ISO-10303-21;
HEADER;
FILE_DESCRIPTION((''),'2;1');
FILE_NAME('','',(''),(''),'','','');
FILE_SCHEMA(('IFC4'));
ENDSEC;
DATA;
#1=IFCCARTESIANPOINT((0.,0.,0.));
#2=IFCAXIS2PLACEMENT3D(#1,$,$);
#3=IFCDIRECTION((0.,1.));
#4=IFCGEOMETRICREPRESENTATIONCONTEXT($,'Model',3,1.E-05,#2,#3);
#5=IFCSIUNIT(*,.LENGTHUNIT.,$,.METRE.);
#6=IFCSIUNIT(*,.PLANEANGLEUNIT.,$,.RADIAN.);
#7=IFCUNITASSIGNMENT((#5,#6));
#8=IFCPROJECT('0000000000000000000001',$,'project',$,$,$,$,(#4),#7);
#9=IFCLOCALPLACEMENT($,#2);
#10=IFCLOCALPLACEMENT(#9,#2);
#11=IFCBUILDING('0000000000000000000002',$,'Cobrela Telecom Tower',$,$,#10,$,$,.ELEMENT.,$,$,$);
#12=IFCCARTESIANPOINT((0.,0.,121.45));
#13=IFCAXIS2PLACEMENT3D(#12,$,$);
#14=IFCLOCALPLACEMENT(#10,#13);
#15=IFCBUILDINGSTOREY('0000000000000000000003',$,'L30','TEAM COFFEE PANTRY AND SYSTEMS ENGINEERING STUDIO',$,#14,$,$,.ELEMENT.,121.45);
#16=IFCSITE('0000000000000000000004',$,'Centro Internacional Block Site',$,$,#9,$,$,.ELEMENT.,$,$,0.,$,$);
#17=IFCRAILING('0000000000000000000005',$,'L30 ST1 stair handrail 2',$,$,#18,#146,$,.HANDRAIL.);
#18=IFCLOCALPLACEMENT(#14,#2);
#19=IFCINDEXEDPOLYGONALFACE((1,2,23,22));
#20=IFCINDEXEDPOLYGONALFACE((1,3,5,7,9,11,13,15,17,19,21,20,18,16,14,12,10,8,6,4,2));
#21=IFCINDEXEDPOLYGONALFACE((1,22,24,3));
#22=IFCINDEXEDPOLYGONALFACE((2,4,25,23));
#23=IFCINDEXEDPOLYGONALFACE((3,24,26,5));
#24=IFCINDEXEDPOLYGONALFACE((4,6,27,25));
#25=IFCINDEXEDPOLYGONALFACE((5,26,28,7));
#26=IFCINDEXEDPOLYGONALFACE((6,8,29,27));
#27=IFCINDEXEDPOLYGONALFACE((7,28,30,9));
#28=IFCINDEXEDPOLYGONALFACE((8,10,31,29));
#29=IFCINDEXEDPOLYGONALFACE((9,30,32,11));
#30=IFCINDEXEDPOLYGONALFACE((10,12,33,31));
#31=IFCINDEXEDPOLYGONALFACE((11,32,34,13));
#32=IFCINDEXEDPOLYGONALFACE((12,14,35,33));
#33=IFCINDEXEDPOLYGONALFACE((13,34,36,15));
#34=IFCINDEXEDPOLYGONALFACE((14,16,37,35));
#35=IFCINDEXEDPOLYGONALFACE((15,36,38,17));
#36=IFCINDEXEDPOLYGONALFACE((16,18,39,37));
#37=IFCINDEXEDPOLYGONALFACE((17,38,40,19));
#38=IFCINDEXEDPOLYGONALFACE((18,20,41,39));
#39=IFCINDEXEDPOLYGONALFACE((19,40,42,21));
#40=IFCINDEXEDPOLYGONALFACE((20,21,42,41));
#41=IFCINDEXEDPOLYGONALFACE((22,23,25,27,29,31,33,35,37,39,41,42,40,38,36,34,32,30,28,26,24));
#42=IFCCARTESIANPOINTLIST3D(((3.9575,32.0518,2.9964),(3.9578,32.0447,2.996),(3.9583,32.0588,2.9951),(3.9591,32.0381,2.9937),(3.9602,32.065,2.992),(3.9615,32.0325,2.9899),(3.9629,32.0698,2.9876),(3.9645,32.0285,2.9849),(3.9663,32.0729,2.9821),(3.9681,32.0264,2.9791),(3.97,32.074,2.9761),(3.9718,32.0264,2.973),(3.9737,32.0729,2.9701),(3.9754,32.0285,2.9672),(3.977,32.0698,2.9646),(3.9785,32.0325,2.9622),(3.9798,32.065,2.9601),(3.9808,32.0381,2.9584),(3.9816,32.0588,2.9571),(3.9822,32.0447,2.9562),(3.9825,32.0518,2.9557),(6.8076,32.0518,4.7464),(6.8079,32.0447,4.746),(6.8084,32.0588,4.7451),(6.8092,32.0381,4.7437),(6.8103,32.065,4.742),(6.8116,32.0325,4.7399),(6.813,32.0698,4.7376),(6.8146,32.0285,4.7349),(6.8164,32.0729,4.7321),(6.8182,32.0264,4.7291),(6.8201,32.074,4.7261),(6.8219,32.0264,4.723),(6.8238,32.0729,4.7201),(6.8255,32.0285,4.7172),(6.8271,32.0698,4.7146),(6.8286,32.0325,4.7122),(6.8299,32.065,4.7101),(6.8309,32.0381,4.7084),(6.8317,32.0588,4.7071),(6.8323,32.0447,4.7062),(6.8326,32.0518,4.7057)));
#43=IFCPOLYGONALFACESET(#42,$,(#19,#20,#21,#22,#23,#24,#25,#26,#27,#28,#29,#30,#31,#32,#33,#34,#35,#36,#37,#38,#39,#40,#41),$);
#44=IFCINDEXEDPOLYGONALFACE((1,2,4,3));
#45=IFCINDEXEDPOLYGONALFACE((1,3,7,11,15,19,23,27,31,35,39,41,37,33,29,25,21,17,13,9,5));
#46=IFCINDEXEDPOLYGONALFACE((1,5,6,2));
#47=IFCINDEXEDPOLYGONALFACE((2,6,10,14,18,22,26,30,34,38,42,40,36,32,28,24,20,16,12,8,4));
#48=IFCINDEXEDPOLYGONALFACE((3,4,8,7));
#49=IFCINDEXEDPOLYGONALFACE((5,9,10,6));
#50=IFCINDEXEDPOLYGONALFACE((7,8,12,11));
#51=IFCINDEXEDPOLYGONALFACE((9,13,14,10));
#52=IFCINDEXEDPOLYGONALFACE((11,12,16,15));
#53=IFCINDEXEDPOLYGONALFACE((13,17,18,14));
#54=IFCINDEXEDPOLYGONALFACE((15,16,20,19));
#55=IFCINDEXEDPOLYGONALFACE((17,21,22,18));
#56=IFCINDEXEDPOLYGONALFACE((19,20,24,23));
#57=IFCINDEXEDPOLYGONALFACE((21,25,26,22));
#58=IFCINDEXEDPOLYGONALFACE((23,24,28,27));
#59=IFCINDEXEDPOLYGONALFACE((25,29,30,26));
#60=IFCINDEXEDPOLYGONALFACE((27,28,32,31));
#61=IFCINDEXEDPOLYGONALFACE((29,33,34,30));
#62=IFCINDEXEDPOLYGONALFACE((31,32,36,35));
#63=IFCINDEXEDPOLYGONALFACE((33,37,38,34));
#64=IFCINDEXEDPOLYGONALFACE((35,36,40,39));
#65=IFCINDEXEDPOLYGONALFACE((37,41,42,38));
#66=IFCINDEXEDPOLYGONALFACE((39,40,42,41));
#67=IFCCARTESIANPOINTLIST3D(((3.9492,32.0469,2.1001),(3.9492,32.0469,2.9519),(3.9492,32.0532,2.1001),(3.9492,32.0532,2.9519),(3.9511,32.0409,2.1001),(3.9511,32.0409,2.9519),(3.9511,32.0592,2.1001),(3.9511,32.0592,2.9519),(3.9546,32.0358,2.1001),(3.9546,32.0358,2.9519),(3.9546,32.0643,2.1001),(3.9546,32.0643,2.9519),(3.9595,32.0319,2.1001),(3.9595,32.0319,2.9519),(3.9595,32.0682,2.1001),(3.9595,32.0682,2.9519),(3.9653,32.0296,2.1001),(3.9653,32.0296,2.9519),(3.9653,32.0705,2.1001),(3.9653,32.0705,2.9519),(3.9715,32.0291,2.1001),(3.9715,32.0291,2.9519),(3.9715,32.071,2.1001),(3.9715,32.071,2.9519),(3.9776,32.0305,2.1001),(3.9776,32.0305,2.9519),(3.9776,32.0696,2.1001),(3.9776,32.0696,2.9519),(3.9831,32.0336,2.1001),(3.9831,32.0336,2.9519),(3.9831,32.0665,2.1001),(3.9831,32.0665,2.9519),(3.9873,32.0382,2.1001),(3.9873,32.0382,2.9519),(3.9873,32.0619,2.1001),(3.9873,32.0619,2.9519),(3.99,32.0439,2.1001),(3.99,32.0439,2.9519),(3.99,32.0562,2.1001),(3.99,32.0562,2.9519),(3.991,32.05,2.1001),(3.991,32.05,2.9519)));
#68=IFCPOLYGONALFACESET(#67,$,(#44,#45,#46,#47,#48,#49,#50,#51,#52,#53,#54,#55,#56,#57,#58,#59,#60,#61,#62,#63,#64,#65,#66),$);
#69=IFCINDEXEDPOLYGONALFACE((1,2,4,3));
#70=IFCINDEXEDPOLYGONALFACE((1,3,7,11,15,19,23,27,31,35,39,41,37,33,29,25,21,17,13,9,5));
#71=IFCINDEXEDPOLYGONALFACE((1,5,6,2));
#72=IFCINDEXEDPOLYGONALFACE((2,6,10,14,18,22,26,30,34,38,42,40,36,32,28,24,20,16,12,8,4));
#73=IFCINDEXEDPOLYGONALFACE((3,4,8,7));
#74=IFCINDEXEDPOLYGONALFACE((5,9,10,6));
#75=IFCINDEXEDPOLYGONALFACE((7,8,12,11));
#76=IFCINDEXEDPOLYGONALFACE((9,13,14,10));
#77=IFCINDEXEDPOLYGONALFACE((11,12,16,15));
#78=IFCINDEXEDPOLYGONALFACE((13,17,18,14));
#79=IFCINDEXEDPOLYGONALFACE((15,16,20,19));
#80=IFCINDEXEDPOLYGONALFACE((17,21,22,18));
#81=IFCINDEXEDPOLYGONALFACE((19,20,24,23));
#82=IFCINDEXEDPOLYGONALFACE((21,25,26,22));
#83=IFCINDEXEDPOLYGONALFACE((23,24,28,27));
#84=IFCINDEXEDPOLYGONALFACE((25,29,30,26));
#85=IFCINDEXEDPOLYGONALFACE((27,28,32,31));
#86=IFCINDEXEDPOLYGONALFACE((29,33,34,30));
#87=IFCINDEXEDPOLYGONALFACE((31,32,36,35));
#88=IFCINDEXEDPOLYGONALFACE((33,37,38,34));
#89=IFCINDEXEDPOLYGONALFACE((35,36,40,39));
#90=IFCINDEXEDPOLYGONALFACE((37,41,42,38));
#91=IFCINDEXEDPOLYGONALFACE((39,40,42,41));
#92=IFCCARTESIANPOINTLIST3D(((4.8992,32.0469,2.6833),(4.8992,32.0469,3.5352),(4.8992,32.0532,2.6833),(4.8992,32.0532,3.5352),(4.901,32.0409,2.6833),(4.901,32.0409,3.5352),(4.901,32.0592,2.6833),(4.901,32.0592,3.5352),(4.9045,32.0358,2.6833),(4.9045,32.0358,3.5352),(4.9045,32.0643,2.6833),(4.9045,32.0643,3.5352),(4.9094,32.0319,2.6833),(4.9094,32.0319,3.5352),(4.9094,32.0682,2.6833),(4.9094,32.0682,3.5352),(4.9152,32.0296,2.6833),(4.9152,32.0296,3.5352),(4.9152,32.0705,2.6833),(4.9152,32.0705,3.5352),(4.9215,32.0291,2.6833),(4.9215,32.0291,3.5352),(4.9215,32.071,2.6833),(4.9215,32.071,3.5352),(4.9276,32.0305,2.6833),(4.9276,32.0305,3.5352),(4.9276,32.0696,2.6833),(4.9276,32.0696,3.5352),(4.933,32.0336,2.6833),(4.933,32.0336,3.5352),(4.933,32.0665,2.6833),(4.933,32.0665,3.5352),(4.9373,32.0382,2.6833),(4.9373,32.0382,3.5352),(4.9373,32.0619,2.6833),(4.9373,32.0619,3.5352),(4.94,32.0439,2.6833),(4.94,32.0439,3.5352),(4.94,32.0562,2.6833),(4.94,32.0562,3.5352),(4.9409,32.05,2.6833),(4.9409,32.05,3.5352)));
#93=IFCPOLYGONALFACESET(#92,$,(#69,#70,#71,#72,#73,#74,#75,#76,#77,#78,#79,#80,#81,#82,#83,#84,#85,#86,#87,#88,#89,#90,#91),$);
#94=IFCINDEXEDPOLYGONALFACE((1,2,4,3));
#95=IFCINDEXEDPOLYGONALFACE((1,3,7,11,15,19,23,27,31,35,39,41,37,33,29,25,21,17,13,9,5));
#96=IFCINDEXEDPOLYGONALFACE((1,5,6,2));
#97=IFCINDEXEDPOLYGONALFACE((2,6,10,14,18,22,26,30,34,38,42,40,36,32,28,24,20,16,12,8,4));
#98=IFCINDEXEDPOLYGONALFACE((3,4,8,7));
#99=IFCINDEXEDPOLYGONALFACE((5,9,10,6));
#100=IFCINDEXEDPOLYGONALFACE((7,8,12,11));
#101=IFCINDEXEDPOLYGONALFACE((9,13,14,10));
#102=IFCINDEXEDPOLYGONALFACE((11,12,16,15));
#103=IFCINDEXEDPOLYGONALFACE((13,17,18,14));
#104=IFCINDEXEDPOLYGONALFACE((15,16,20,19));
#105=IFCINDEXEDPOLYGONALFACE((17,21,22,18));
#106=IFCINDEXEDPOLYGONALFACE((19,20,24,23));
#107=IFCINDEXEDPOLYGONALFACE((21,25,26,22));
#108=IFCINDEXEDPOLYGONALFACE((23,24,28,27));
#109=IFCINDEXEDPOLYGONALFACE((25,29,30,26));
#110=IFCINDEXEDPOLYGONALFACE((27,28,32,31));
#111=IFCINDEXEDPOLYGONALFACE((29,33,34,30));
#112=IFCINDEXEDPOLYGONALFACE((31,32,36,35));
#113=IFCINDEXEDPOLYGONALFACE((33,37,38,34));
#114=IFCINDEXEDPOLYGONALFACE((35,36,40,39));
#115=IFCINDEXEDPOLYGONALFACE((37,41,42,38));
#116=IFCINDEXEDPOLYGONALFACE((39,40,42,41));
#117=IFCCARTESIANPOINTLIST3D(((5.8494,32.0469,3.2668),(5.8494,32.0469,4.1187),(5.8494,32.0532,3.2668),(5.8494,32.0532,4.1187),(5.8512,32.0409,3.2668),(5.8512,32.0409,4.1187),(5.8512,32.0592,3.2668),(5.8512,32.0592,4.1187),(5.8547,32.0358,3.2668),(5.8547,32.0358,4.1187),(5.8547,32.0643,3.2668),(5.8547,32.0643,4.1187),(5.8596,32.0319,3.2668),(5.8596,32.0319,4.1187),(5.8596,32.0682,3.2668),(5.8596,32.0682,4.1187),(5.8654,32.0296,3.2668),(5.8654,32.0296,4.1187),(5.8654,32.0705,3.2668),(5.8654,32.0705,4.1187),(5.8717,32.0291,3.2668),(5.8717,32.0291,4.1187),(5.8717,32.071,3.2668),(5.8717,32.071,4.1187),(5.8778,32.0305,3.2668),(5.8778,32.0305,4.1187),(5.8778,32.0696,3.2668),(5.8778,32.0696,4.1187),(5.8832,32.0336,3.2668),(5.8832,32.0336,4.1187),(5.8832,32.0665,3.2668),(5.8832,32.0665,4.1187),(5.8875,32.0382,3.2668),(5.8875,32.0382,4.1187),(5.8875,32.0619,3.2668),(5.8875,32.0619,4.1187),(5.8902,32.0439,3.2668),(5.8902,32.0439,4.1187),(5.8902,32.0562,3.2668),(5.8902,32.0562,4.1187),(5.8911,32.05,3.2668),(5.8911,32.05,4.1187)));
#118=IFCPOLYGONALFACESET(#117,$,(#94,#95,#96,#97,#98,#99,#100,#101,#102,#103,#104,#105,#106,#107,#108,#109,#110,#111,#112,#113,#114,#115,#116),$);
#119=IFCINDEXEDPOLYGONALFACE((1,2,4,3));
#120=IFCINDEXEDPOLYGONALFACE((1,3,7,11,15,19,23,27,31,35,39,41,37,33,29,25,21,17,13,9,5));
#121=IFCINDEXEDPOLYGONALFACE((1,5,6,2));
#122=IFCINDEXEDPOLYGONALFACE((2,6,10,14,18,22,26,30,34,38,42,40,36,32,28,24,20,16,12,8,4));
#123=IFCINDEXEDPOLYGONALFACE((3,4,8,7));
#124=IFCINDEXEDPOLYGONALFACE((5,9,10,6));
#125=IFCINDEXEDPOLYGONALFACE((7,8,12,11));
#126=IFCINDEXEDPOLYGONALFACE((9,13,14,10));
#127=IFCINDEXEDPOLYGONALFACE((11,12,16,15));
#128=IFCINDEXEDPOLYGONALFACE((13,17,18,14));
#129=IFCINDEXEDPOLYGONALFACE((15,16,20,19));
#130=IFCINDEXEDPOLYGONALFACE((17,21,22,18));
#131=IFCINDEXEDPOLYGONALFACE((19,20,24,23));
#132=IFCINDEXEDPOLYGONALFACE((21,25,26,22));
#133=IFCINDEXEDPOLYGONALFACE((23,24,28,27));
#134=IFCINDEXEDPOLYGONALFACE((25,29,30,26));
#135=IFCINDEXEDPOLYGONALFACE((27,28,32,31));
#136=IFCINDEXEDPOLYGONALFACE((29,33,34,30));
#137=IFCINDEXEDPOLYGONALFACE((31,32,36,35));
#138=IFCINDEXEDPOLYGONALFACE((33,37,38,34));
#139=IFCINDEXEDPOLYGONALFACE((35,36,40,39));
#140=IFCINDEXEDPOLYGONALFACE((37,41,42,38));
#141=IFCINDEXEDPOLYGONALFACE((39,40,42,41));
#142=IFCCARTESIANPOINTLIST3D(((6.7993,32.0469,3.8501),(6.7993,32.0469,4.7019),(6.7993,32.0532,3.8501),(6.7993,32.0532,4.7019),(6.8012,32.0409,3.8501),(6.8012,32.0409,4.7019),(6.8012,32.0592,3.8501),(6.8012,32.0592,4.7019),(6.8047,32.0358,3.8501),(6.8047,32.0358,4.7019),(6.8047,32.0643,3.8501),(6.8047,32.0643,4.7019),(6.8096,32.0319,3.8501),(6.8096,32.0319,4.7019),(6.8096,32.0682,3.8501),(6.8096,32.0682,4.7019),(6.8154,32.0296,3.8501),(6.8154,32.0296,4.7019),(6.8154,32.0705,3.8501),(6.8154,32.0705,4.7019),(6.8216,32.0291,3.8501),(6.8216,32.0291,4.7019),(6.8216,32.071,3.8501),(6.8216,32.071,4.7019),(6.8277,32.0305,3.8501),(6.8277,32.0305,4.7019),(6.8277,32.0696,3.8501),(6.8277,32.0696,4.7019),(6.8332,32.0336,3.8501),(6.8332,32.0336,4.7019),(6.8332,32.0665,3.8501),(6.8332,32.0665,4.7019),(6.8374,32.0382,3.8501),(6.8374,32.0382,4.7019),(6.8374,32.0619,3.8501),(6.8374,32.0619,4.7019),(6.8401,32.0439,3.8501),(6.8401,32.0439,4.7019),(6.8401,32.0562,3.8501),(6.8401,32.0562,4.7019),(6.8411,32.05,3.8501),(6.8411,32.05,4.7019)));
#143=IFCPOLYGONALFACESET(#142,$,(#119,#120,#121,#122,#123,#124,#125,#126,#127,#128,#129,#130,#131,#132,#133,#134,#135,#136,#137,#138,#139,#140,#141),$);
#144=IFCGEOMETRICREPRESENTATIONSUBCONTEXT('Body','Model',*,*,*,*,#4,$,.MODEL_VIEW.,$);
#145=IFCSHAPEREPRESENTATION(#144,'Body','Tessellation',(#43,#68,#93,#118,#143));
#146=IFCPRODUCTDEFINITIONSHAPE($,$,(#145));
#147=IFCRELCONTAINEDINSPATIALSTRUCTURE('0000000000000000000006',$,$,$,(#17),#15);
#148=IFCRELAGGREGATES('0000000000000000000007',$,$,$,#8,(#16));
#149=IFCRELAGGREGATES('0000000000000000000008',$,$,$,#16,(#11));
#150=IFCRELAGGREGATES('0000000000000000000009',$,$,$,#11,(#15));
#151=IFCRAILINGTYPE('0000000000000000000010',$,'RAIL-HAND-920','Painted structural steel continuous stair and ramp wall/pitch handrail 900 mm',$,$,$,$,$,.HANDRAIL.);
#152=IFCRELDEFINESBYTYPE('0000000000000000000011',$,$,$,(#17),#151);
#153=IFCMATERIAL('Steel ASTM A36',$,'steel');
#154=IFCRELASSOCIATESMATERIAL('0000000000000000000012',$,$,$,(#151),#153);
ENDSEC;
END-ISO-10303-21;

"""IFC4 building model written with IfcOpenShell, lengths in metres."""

from ifc_helpers import new_model, si_unit, direction, frame, origin, origin_2d, place, context, subcontext, project, spatial, circle, extrude, material, type_object, element, save


model = new_model("IFC4")

# Units and contexts
model_context = context("Model", 3, precision=1e-05, world=origin(), true_north=direction((0.0, 1.0)))
body_context = subcontext(model_context, "Body", "Model", "MODEL_VIEW")
ifc_project = project(units=[si_unit("LENGTHUNIT", "METRE"), si_unit("PLANEANGLEUNIT", "RADIAN")], contexts=[model_context])

# Site, building, storey
site_placement = place(None, origin())
site = spatial("IfcSite", under=ifc_project, at=site_placement, Name="Centro Internacional Block Site", CompositionType="ELEMENT", RefElevation=0.0)
building_placement = place(site_placement, origin())
building = spatial("IfcBuilding", under=site, at=building_placement, Name="Cobrela Telecom Tower", CompositionType="ELEMENT")
storey_placement = place(building_placement, frame((0.0, 0.0, 121.45)))
storey = spatial("IfcBuildingStorey", under=building, at=storey_placement, Name="L30", Description="TEAM COFFEE PANTRY AND SYSTEMS ENGINEERING STUDIO", CompositionType="ELEMENT", Elevation=121.45)

# Shared definitions
ifc_material_1 = material(Name="Steel ASTM A36", Category="steel")

# Railing
railing_type_1 = type_object("IfcRailingType", Name="RAIL-HAND-920", Description="Painted structural steel continuous stair and ramp wall/pitch handrail 900 mm", PredefinedType="HANDRAIL", material=ifc_material_1)
railing_1_placement = place(storey_placement, frame((3.97, 32.05, 2.1001)))
element("IfcRailing", 1, at=railing_1_placement, inside=storey, type_object=railing_type_1, Name="L30 ST1 stair handrail 2", PredefinedType="HANDRAIL", context=body_context, shape_type="SweptSolid", body=[
    extrude(circle(Radius=0.0239, at=origin_2d()), frame((0.0, 0.0, 0.876), z_axis=(0.852179, 0.0, 0.52325), x_axis=(0.0, 1.0, 0.0)), (0.0, 0.0, 1.0), 3.3445),
    extrude(circle(Radius=0.021, at=origin_2d()), origin(), (0.0, 0.0, 1.0), 0.8518),
    extrude(circle(Radius=0.021, at=origin_2d()), frame((0.95, 0.0, 0.5833)), (0.0, 0.0, 1.0), 0.8518),
    extrude(circle(Radius=0.021, at=origin_2d()), frame((1.9001, 0.0, 1.1667)), (0.0, 0.0, 1.0), 0.8518),
    extrude(circle(Radius=0.021, at=origin_2d()), frame((2.8501, 0.0, 1.75)), (0.0, 0.0, 1.0), 0.8518),
])

save(model, "model.ifc")
